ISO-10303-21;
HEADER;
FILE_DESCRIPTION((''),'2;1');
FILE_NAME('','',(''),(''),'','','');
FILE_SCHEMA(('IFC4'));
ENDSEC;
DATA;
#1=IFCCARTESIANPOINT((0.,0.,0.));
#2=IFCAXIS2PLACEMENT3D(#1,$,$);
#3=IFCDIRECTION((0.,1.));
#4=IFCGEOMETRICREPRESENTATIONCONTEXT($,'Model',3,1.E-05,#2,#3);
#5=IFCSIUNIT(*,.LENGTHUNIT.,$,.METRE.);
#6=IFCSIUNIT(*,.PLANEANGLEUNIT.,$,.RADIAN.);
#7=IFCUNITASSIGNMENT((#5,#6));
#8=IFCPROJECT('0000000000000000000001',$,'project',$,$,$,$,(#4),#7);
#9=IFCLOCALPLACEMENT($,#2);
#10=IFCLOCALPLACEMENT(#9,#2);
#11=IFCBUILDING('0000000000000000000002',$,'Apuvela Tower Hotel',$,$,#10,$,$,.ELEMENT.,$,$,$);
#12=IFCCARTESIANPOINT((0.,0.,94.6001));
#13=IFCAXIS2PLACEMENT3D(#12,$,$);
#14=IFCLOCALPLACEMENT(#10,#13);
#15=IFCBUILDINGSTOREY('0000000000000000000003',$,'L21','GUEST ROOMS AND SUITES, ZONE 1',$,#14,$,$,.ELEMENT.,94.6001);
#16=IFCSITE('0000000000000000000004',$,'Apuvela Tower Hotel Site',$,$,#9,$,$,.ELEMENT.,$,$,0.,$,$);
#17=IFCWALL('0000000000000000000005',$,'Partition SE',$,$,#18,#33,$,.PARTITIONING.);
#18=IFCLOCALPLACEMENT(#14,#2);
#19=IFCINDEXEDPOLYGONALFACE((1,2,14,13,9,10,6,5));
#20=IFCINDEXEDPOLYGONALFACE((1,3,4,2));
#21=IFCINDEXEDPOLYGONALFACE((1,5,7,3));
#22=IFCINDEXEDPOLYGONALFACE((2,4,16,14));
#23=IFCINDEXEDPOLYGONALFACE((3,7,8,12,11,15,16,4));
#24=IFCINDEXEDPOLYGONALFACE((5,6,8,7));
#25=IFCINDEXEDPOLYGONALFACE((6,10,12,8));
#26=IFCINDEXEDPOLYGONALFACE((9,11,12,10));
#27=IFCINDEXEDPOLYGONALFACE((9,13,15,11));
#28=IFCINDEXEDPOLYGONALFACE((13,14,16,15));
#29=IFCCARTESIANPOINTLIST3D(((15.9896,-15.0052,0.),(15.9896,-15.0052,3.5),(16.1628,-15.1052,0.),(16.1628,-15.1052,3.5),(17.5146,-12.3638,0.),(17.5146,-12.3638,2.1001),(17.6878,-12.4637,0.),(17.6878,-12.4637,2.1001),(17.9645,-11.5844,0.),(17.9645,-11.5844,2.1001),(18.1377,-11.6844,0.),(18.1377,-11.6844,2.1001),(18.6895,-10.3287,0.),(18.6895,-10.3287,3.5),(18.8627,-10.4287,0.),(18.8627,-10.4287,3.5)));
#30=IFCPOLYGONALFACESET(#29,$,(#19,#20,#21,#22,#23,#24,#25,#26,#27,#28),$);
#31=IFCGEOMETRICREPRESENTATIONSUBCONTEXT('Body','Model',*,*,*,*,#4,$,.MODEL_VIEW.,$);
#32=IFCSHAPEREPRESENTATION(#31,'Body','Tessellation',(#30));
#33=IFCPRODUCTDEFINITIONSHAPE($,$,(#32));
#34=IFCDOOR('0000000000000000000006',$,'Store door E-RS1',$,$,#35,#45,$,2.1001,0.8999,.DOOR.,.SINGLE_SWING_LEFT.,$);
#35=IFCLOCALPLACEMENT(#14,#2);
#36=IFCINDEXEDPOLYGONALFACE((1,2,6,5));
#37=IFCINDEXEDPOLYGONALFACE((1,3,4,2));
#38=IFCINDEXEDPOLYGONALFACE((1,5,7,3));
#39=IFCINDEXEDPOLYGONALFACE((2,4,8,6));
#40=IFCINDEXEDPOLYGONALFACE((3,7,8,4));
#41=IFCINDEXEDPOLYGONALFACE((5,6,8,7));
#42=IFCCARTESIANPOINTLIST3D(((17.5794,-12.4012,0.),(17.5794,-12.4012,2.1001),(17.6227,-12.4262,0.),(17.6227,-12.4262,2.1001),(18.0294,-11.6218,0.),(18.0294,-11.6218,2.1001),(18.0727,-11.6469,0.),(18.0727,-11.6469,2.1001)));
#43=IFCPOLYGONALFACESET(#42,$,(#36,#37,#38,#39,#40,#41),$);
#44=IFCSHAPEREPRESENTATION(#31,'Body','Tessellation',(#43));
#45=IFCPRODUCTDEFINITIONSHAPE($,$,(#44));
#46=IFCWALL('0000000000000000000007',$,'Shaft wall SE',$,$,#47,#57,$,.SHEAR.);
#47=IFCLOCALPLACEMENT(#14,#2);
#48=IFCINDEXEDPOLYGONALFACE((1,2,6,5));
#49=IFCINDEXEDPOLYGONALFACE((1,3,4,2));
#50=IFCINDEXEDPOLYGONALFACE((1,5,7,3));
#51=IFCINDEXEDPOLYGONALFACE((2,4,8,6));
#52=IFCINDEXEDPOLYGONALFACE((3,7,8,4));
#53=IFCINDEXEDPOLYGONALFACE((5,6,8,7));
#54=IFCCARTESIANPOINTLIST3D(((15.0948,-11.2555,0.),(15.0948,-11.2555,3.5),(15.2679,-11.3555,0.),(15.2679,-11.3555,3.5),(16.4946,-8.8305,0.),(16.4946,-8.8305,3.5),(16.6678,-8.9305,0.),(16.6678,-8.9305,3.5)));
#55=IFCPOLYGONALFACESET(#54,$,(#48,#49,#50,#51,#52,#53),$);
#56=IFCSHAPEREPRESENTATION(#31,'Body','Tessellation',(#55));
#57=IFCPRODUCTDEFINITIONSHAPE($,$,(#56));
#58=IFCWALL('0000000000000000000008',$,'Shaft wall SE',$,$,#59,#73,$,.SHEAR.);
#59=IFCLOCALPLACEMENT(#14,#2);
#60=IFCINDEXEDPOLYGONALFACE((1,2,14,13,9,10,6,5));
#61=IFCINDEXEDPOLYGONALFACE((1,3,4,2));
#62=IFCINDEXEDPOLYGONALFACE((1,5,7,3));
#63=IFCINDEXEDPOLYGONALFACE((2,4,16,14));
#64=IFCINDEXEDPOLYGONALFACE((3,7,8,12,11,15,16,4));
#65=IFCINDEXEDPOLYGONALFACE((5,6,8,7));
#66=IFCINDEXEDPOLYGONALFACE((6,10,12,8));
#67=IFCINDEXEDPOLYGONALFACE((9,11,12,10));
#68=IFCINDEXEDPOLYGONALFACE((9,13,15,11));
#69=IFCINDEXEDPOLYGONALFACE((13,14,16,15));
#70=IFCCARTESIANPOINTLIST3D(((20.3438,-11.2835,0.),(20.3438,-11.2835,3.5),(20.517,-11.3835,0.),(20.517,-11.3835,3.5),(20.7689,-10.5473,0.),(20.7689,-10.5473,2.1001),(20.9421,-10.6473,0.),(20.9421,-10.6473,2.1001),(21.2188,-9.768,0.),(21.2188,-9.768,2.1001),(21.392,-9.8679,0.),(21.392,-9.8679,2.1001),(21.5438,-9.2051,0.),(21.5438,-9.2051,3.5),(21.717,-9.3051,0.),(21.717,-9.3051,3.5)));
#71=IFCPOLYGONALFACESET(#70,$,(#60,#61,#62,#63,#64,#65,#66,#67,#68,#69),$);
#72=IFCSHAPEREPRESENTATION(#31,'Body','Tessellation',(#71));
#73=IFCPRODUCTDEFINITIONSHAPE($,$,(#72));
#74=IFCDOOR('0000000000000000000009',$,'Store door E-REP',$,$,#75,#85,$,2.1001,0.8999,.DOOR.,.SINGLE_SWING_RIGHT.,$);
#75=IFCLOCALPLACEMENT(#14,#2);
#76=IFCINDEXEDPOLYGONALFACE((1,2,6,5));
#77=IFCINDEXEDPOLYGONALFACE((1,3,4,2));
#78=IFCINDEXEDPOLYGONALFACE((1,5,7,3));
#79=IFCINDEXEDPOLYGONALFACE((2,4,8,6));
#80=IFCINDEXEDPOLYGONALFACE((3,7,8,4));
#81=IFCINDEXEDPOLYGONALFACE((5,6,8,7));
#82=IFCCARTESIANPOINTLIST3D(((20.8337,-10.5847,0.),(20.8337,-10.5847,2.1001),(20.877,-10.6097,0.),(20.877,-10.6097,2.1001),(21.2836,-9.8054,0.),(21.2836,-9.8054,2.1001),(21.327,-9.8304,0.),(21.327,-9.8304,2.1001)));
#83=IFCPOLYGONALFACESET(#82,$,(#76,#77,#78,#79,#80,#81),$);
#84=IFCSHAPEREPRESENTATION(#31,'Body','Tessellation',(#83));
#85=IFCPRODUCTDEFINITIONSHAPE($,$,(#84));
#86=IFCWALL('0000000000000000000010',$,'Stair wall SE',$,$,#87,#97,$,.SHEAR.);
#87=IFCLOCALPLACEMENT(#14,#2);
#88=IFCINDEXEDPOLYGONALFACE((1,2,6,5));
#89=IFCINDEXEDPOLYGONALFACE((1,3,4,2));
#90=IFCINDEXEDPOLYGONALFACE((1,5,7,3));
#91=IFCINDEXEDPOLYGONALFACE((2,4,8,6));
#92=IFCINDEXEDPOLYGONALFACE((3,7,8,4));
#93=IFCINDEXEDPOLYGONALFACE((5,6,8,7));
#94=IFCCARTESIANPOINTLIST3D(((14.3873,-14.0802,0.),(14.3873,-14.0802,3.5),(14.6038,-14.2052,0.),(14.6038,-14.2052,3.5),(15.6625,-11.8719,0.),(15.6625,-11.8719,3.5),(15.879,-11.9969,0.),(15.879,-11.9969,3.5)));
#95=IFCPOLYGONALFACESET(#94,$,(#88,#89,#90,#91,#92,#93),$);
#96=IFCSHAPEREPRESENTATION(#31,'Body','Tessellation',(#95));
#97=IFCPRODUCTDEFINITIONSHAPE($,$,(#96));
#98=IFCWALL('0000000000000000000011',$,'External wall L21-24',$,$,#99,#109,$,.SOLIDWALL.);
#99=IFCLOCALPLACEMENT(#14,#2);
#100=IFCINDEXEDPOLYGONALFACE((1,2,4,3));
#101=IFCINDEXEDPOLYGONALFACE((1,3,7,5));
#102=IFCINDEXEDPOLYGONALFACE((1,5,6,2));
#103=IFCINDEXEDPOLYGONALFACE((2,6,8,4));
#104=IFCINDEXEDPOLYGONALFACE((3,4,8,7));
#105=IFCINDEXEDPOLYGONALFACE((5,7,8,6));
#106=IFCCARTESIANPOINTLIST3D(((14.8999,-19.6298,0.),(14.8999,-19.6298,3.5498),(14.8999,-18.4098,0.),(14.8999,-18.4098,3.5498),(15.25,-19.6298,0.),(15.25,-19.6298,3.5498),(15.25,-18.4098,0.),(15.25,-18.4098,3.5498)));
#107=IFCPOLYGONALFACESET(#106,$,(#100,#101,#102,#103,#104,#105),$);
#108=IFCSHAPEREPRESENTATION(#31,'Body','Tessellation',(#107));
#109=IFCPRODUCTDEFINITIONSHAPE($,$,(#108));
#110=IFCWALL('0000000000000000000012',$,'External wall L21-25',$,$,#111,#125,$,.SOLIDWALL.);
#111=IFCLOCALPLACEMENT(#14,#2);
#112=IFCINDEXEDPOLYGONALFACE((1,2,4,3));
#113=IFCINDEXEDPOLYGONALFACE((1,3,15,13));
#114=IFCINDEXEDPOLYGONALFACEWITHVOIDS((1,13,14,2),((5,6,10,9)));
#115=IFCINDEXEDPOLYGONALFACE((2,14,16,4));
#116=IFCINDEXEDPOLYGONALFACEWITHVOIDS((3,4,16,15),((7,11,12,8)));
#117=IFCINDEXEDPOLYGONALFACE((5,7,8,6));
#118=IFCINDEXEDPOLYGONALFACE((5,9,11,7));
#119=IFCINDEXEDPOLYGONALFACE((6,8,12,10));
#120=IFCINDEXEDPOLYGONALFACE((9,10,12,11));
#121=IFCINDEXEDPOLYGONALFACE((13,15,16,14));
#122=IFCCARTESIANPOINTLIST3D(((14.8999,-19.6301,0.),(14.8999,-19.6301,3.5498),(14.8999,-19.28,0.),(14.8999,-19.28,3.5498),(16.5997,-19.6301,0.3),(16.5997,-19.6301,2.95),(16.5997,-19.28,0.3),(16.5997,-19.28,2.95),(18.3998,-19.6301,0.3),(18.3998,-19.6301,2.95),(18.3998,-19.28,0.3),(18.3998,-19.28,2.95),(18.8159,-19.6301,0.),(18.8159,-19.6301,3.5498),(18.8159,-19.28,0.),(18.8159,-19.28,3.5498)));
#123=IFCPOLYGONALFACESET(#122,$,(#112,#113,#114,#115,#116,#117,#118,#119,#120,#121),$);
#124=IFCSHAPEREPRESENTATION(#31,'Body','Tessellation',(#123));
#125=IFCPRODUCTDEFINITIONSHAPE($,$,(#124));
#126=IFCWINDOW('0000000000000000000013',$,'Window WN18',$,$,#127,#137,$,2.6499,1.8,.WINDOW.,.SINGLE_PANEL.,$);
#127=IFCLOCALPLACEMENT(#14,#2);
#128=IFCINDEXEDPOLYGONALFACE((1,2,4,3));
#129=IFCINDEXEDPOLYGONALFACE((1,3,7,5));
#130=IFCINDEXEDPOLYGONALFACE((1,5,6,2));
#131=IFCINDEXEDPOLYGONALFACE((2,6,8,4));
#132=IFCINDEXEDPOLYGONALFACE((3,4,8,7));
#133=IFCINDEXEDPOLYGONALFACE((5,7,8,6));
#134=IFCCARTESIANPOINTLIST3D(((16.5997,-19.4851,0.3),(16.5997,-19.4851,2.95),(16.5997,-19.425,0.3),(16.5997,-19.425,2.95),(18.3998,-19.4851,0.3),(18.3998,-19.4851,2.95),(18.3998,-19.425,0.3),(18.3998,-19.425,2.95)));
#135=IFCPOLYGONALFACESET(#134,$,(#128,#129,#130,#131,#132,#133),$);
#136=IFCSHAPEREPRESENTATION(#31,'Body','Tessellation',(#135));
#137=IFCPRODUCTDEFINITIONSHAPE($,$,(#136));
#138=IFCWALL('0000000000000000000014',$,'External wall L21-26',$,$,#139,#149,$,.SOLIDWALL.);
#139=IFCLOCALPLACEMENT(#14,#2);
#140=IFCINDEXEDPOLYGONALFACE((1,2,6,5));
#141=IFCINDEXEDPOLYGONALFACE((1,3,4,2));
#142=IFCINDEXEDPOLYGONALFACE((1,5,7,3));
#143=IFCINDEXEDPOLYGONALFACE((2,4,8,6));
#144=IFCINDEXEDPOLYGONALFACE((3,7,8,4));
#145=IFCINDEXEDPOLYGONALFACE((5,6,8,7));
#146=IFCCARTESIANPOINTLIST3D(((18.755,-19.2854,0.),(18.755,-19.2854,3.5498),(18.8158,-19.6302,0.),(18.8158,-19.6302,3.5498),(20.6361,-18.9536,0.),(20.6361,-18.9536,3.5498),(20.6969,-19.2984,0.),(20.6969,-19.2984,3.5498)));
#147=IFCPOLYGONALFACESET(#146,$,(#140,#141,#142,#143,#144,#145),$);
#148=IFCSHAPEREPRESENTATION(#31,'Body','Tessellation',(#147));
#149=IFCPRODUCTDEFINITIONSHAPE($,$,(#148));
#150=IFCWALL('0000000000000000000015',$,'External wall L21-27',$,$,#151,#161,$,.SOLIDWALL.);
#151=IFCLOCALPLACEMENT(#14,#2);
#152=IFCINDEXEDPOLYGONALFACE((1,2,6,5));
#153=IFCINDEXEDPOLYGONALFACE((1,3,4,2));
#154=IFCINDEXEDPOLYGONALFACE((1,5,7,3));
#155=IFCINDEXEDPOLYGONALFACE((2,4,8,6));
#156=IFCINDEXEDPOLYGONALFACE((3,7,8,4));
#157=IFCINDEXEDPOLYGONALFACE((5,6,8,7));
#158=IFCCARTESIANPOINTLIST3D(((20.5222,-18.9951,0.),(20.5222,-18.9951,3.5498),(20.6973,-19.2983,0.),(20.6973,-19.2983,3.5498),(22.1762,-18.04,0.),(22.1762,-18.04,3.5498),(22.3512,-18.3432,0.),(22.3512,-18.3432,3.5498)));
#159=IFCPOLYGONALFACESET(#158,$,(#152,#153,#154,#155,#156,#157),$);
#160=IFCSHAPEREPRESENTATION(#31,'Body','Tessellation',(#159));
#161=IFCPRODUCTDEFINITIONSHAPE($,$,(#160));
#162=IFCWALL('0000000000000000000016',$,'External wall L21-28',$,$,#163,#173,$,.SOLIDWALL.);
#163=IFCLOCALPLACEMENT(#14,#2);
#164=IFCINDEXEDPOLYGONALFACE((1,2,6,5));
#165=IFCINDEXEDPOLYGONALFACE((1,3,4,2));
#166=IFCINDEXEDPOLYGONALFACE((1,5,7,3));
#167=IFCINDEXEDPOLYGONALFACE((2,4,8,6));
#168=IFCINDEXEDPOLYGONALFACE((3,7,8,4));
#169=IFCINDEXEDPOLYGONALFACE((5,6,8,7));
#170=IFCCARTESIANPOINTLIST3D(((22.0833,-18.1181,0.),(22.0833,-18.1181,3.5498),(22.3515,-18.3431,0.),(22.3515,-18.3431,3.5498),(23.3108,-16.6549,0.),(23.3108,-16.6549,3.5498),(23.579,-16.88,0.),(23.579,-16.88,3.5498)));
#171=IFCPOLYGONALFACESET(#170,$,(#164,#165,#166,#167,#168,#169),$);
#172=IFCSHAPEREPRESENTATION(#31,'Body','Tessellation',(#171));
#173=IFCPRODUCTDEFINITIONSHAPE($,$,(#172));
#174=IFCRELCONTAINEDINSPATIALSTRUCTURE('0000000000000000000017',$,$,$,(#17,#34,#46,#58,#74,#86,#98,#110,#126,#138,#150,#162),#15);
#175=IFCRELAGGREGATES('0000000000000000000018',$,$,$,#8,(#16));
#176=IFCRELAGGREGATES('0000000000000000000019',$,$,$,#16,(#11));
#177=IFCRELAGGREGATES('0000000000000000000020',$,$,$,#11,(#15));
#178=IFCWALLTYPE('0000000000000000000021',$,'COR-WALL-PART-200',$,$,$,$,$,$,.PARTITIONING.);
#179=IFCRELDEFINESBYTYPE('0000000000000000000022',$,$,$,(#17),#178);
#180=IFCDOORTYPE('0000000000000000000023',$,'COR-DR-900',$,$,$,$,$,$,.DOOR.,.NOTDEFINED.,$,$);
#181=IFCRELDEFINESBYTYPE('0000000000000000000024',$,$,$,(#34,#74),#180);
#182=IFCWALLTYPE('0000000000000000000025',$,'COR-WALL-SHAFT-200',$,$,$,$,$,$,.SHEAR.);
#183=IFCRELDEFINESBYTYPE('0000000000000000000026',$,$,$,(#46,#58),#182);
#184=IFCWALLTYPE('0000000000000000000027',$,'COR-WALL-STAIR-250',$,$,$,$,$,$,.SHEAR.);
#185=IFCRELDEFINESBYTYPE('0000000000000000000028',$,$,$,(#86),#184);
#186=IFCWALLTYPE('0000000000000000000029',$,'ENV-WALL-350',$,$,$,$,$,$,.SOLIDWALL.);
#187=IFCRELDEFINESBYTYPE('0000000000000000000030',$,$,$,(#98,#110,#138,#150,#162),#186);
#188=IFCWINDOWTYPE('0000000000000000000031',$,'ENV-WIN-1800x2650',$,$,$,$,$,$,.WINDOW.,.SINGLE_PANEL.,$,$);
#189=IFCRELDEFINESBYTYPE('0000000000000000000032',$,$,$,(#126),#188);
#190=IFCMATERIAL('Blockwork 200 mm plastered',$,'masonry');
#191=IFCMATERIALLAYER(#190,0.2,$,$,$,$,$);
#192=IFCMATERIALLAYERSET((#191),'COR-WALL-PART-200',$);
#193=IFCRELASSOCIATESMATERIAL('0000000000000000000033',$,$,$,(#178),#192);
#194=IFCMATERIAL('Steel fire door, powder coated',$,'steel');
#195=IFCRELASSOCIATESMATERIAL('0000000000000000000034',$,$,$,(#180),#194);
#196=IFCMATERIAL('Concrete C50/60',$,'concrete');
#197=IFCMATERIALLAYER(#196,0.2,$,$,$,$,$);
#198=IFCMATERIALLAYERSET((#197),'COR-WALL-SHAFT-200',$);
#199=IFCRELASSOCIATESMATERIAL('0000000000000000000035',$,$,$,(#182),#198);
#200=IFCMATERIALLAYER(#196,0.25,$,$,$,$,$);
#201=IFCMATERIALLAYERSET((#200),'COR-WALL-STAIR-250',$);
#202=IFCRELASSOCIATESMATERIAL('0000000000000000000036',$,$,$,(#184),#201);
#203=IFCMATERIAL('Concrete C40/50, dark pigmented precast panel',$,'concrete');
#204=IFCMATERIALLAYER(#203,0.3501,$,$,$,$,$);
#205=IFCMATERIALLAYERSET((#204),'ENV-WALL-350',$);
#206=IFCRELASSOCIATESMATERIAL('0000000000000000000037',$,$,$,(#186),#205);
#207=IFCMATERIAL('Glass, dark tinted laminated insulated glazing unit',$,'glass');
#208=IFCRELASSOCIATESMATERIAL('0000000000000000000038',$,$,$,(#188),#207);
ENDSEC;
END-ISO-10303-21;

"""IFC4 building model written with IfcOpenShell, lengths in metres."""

from ifc_helpers import new_model, si_unit, direction, frame, frame_2d, origin, place, context, subcontext, project, spatial, rectangle, extrude, material, layer, layer_set, type_object, element, fill, save


model = new_model("IFC4")

# Units and contexts
model_context = context("Model", 3, precision=1e-05, world=origin(), true_north=direction((0.0, 1.0)))
body_context = subcontext(model_context, "Body", "Model", "MODEL_VIEW")
ifc_project = project(units=[si_unit("LENGTHUNIT", "METRE"), si_unit("PLANEANGLEUNIT", "RADIAN")], contexts=[model_context])

# Site, building, storey
site_placement = place(None, origin())
site = spatial("IfcSite", under=ifc_project, at=site_placement, Name="Apuvela Tower Hotel Site", CompositionType="ELEMENT", RefElevation=0.0)
building_placement = place(site_placement, origin())
building = spatial("IfcBuilding", under=site, at=building_placement, Name="Apuvela Tower Hotel", CompositionType="ELEMENT")
storey_placement = place(building_placement, frame((0.0, 0.0, 94.6001)))
storey = spatial("IfcBuildingStorey", under=building, at=storey_placement, Name="L21", Description="GUEST ROOMS AND SUITES, ZONE 1", CompositionType="ELEMENT", Elevation=94.6001)

# Wall, opening, door
ifc_material_1 = material(Name="Blockwork 200 mm plastered", Category="masonry")
ifc_layer_1 = layer(ifc_material_1, 0.2)
ifc_layer_set_1 = layer_set([ifc_layer_1], Name="COR-WALL-PART-200")
wall_type_1 = type_object("IfcWallType", Name="COR-WALL-PART-200", PredefinedType="PARTITIONING", material=ifc_layer_set_1)
wall_1_placement = place(storey_placement, frame((16.0762, -15.0552, 0.0), z_axis=(0.0, 0.0, 1.0), x_axis=(0.499995, 0.866028, 0.0)))
wall_1 = element("IfcWall", 1, at=wall_1_placement, inside=storey, type_object=wall_type_1, Name="Partition SE", PredefinedType="PARTITIONING", context=body_context, shape_type="SweptSolid", body=[
    extrude(rectangle(XDim=5.3999, YDim=0.2, at=frame_2d((2.7, 0.0))), origin(), (0.0, 0.0, 1.0), 3.5),
])
opening_1_placement = place(wall_1_placement, frame((3.05, 0.0, 0.0)))
opening_1 = element("IfcOpeningElement", 2, at=opening_1_placement, cuts=wall_1, PredefinedType="OPENING", context=body_context, shape_type="SweptSolid", body=[
    extrude(rectangle(XDim=0.8999, YDim=2.1001, at=frame_2d((0.45, 1.05))), frame((0.0, 0.1099, 0.0), z_axis=(0.0, -1.0, 0.0), x_axis=(1.0, 0.0, 0.0)), (0.0, 0.0, 1.0), 0.22),
])
ifc_material_2 = material(Name="Steel fire door, powder coated", Category="steel")
door_type_1 = type_object("IfcDoorType", Name="COR-DR-900", OperationType="NOTDEFINED", PredefinedType="DOOR", material=ifc_material_2)
door_1_placement = place(opening_1_placement, frame((0.8999, 0.0, 0.0), z_axis=(0.0, 0.0, 1.0), x_axis=(-1.0, 0.0, 0.0)))
door_1 = element("IfcDoor", 3, at=door_1_placement, inside=storey, type_object=door_type_1, Name="Store door E-RS1", OperationType="SINGLE_SWING_LEFT", OverallHeight=2.1001, OverallWidth=0.8999, PredefinedType="DOOR", context=body_context, shape_type="SweptSolid", body=[
    extrude(rectangle(XDim=0.8999, YDim=2.1001, at=frame_2d((0.45, 1.05))), frame((0.0, 0.0249, 0.0), z_axis=(0.0, -1.0, 0.0), x_axis=(1.0, 0.0, 0.0)), (0.0, 0.0, 1.0), 0.05),
])
fill(opening_1, door_1)

# Wall
ifc_material_3 = material(Name="Concrete C50/60", Category="concrete")
ifc_layer_2 = layer(ifc_material_3, 0.2)
ifc_layer_set_2 = layer_set([ifc_layer_2], Name="COR-WALL-SHAFT-200")
wall_type_2 = type_object("IfcWallType", Name="COR-WALL-SHAFT-200", PredefinedType="SHEAR", material=ifc_layer_set_2)
wall_2_placement = place(storey_placement, frame((15.1814, -11.3054, 0.0), z_axis=(0.0, 0.0, 1.0), x_axis=(0.499946, 0.866056, 0.0)))
element("IfcWall", 4, at=wall_2_placement, inside=storey, type_object=wall_type_2, Name="Shaft wall SE", PredefinedType="SHEAR", context=body_context, shape_type="SweptSolid", body=[
    extrude(rectangle(XDim=2.8, YDim=0.2, at=frame_2d((1.3999, 0.0))), origin(), (0.0, 0.0, 1.0), 3.5),
])

# Wall, opening, door
wall_3_placement = place(storey_placement, frame((20.4304, -11.3335, 0.0), z_axis=(0.0, 0.0, 1.0), x_axis=(0.500001, 0.866025, 0.0)))
wall_3 = element("IfcWall", 5, at=wall_3_placement, inside=storey, type_object=wall_type_2, Name="Shaft wall SE", PredefinedType="SHEAR", context=body_context, shape_type="SweptSolid", body=[
    extrude(rectangle(XDim=2.3999, YDim=0.2, at=frame_2d((1.2, 0.0))), origin(), (0.0, 0.0, 1.0), 3.5),
])
opening_2_placement = place(wall_3_placement, frame((0.8501, 0.0, 0.0)))
opening_2 = element("IfcOpeningElement", 6, at=opening_2_placement, cuts=wall_3, PredefinedType="OPENING", context=body_context, shape_type="SweptSolid", body=[
    extrude(rectangle(XDim=0.8999, YDim=2.1001, at=frame_2d((0.45, 1.05))), frame((0.0, 0.1099, 0.0), z_axis=(0.0, -1.0, 0.0), x_axis=(1.0, 0.0, 0.0)), (0.0, 0.0, 1.0), 0.22),
])
door_2_placement = place(opening_2_placement, frame((0.8999, 0.0, 0.0), z_axis=(0.0, 0.0, 1.0), x_axis=(-1.0, 0.0, 0.0)))
door_2 = element("IfcDoor", 7, at=door_2_placement, inside=storey, type_object=door_type_1, Name="Store door E-REP", OperationType="SINGLE_SWING_RIGHT", OverallHeight=2.1001, OverallWidth=0.8999, PredefinedType="DOOR", context=body_context, shape_type="SweptSolid", body=[
    extrude(rectangle(XDim=0.8999, YDim=2.1001, at=frame_2d((0.45, 1.05))), frame((0.0, 0.0249, 0.0), z_axis=(0.0, -1.0, 0.0), x_axis=(1.0, 0.0, 0.0)), (0.0, 0.0, 1.0), 0.05),
])
fill(opening_2, door_2)

# Walls
ifc_layer_3 = layer(ifc_material_3, 0.25)
ifc_layer_set_3 = layer_set([ifc_layer_3], Name="COR-WALL-STAIR-250")
wall_type_3 = type_object("IfcWallType", Name="COR-WALL-STAIR-250", PredefinedType="SHEAR", material=ifc_layer_set_3)
wall_4_placement = place(storey_placement, frame((14.4956, -14.1426, 0.0), z_axis=(0.0, 0.0, 1.0), x_axis=(0.500062, 0.865989, 0.0)))
element("IfcWall", 8, at=wall_4_placement, inside=storey, type_object=wall_type_3, Name="Stair wall SE", PredefinedType="SHEAR", context=body_context, shape_type="SweptSolid", body=[
    extrude(rectangle(XDim=2.55, YDim=0.25, at=frame_2d((1.2749, 0.0))), origin(), (0.0, 0.0, 1.0), 3.5),
])
ifc_material_4 = material(Name="Concrete C40/50, dark pigmented precast panel", Category="concrete")
ifc_layer_4 = layer(ifc_material_4, 0.3501)
ifc_layer_set_4 = layer_set([ifc_layer_4], Name="ENV-WALL-350")
wall_type_4 = type_object("IfcWallType", Name="ENV-WALL-350", PredefinedType="SOLIDWALL", material=ifc_layer_set_4)
wall_5_placement = place(storey_placement, frame((15.075, -18.4099, 0.0), z_axis=(0.0, 0.0, 1.0), x_axis=(0.0, -1.0, 0.0)))
element("IfcWall", 9, at=wall_5_placement, inside=storey, type_object=wall_type_4, Name="External wall L21-24", PredefinedType="SOLIDWALL", context=body_context, shape_type="SweptSolid", body=[
    extrude(rectangle(XDim=1.22, YDim=0.3501, at=frame_2d((0.6099, 0.0))), origin(), (0.0, 0.0, 1.0), 3.5498),
])

# Wall, opening, window
wall_6_placement = place(storey_placement, frame((14.8999, -19.4551, 0.0), z_axis=(0.0, 0.0, 1.0), x_axis=(1.0, 0.0, 0.0)))
wall_6 = element("IfcWall", 10, at=wall_6_placement, inside=storey, type_object=wall_type_4, Name="External wall L21-25", PredefinedType="SOLIDWALL", context=body_context, shape_type="SweptSolid", body=[
    extrude(rectangle(XDim=3.916, YDim=0.3501, at=frame_2d((1.958, 0.0))), origin(), (0.0, 0.0, 1.0), 3.5498),
])
opening_3_placement = place(wall_6_placement, frame((1.7, 0.0, 0.3)))
opening_3 = element("IfcOpeningElement", 11, at=opening_3_placement, cuts=wall_6, PredefinedType="OPENING", context=body_context, shape_type="SweptSolid", body=[
    extrude(rectangle(XDim=1.8, YDim=2.6499, at=frame_2d((0.8999, 1.325))), frame((0.0, 0.1851, 0.0), z_axis=(0.0, -1.0, 0.0), x_axis=(1.0, 0.0, 0.0)), (0.0, 0.0, 1.0), 0.3701),
])
ifc_material_5 = material(Name="Glass, dark tinted laminated insulated glazing unit", Category="glass")
window_type = type_object("IfcWindowType", Name="ENV-WIN-1800x2650", PartitioningType="SINGLE_PANEL", PredefinedType="WINDOW", material=ifc_material_5)
window_placement = place(opening_3_placement, origin())
window = element("IfcWindow", 12, at=window_placement, inside=storey, type_object=window_type, Name="Window WN18", OverallHeight=2.6499, OverallWidth=1.8, PartitioningType="SINGLE_PANEL", PredefinedType="WINDOW", context=body_context, shape_type="SweptSolid", body=[
    extrude(rectangle(XDim=1.8, YDim=2.6499, at=frame_2d((0.8999, 1.325))), frame((0.0, 0.03, 0.0), z_axis=(0.0, -1.0, 0.0), x_axis=(1.0, 0.0, 0.0)), (0.0, 0.0, 1.0), 0.0601),
])
fill(opening_3, window)

# Walls
wall_7_placement = place(storey_placement, frame((18.7854, -19.4578, 0.0), z_axis=(0.0, 0.0, 1.0), x_axis=(0.984799, 0.173698, 0.0)))
element("IfcWall", 13, at=wall_7_placement, inside=storey, type_object=wall_type_4, Name="External wall L21-26", PredefinedType="SOLIDWALL", context=body_context, shape_type="SweptSolid", body=[
    extrude(rectangle(XDim=1.9102, YDim=0.3501, at=frame_2d((0.9551, 0.0))), origin(), (0.0, 0.0, 1.0), 3.5498),
])
for number, where, z_axis, x_axis, name in (
    (14, (20.6096, -19.1467, 0.0), (0.0, 0.0, 1.0), (0.866, 0.500043, 0.0), "External wall L21-27"),
    (15, (22.2173, -18.2307, 0.0), (0.0, 0.0, 1.0), (0.642733, 0.76609, 0.0), "External wall L21-28"),
):
    element("IfcWall", number, at=place(storey_placement, frame(where, z_axis=z_axis, x_axis=x_axis)), inside=storey, type_object=wall_type_4, Name=name, PredefinedType="SOLIDWALL", context=body_context, shape_type="SweptSolid", body=[
        extrude(rectangle(XDim=1.9099, YDim=0.3501, at=frame_2d((0.9551, 0.0))), origin(), (0.0, 0.0, 1.0), 3.5498),
    ])

save(model, "model.ifc")
